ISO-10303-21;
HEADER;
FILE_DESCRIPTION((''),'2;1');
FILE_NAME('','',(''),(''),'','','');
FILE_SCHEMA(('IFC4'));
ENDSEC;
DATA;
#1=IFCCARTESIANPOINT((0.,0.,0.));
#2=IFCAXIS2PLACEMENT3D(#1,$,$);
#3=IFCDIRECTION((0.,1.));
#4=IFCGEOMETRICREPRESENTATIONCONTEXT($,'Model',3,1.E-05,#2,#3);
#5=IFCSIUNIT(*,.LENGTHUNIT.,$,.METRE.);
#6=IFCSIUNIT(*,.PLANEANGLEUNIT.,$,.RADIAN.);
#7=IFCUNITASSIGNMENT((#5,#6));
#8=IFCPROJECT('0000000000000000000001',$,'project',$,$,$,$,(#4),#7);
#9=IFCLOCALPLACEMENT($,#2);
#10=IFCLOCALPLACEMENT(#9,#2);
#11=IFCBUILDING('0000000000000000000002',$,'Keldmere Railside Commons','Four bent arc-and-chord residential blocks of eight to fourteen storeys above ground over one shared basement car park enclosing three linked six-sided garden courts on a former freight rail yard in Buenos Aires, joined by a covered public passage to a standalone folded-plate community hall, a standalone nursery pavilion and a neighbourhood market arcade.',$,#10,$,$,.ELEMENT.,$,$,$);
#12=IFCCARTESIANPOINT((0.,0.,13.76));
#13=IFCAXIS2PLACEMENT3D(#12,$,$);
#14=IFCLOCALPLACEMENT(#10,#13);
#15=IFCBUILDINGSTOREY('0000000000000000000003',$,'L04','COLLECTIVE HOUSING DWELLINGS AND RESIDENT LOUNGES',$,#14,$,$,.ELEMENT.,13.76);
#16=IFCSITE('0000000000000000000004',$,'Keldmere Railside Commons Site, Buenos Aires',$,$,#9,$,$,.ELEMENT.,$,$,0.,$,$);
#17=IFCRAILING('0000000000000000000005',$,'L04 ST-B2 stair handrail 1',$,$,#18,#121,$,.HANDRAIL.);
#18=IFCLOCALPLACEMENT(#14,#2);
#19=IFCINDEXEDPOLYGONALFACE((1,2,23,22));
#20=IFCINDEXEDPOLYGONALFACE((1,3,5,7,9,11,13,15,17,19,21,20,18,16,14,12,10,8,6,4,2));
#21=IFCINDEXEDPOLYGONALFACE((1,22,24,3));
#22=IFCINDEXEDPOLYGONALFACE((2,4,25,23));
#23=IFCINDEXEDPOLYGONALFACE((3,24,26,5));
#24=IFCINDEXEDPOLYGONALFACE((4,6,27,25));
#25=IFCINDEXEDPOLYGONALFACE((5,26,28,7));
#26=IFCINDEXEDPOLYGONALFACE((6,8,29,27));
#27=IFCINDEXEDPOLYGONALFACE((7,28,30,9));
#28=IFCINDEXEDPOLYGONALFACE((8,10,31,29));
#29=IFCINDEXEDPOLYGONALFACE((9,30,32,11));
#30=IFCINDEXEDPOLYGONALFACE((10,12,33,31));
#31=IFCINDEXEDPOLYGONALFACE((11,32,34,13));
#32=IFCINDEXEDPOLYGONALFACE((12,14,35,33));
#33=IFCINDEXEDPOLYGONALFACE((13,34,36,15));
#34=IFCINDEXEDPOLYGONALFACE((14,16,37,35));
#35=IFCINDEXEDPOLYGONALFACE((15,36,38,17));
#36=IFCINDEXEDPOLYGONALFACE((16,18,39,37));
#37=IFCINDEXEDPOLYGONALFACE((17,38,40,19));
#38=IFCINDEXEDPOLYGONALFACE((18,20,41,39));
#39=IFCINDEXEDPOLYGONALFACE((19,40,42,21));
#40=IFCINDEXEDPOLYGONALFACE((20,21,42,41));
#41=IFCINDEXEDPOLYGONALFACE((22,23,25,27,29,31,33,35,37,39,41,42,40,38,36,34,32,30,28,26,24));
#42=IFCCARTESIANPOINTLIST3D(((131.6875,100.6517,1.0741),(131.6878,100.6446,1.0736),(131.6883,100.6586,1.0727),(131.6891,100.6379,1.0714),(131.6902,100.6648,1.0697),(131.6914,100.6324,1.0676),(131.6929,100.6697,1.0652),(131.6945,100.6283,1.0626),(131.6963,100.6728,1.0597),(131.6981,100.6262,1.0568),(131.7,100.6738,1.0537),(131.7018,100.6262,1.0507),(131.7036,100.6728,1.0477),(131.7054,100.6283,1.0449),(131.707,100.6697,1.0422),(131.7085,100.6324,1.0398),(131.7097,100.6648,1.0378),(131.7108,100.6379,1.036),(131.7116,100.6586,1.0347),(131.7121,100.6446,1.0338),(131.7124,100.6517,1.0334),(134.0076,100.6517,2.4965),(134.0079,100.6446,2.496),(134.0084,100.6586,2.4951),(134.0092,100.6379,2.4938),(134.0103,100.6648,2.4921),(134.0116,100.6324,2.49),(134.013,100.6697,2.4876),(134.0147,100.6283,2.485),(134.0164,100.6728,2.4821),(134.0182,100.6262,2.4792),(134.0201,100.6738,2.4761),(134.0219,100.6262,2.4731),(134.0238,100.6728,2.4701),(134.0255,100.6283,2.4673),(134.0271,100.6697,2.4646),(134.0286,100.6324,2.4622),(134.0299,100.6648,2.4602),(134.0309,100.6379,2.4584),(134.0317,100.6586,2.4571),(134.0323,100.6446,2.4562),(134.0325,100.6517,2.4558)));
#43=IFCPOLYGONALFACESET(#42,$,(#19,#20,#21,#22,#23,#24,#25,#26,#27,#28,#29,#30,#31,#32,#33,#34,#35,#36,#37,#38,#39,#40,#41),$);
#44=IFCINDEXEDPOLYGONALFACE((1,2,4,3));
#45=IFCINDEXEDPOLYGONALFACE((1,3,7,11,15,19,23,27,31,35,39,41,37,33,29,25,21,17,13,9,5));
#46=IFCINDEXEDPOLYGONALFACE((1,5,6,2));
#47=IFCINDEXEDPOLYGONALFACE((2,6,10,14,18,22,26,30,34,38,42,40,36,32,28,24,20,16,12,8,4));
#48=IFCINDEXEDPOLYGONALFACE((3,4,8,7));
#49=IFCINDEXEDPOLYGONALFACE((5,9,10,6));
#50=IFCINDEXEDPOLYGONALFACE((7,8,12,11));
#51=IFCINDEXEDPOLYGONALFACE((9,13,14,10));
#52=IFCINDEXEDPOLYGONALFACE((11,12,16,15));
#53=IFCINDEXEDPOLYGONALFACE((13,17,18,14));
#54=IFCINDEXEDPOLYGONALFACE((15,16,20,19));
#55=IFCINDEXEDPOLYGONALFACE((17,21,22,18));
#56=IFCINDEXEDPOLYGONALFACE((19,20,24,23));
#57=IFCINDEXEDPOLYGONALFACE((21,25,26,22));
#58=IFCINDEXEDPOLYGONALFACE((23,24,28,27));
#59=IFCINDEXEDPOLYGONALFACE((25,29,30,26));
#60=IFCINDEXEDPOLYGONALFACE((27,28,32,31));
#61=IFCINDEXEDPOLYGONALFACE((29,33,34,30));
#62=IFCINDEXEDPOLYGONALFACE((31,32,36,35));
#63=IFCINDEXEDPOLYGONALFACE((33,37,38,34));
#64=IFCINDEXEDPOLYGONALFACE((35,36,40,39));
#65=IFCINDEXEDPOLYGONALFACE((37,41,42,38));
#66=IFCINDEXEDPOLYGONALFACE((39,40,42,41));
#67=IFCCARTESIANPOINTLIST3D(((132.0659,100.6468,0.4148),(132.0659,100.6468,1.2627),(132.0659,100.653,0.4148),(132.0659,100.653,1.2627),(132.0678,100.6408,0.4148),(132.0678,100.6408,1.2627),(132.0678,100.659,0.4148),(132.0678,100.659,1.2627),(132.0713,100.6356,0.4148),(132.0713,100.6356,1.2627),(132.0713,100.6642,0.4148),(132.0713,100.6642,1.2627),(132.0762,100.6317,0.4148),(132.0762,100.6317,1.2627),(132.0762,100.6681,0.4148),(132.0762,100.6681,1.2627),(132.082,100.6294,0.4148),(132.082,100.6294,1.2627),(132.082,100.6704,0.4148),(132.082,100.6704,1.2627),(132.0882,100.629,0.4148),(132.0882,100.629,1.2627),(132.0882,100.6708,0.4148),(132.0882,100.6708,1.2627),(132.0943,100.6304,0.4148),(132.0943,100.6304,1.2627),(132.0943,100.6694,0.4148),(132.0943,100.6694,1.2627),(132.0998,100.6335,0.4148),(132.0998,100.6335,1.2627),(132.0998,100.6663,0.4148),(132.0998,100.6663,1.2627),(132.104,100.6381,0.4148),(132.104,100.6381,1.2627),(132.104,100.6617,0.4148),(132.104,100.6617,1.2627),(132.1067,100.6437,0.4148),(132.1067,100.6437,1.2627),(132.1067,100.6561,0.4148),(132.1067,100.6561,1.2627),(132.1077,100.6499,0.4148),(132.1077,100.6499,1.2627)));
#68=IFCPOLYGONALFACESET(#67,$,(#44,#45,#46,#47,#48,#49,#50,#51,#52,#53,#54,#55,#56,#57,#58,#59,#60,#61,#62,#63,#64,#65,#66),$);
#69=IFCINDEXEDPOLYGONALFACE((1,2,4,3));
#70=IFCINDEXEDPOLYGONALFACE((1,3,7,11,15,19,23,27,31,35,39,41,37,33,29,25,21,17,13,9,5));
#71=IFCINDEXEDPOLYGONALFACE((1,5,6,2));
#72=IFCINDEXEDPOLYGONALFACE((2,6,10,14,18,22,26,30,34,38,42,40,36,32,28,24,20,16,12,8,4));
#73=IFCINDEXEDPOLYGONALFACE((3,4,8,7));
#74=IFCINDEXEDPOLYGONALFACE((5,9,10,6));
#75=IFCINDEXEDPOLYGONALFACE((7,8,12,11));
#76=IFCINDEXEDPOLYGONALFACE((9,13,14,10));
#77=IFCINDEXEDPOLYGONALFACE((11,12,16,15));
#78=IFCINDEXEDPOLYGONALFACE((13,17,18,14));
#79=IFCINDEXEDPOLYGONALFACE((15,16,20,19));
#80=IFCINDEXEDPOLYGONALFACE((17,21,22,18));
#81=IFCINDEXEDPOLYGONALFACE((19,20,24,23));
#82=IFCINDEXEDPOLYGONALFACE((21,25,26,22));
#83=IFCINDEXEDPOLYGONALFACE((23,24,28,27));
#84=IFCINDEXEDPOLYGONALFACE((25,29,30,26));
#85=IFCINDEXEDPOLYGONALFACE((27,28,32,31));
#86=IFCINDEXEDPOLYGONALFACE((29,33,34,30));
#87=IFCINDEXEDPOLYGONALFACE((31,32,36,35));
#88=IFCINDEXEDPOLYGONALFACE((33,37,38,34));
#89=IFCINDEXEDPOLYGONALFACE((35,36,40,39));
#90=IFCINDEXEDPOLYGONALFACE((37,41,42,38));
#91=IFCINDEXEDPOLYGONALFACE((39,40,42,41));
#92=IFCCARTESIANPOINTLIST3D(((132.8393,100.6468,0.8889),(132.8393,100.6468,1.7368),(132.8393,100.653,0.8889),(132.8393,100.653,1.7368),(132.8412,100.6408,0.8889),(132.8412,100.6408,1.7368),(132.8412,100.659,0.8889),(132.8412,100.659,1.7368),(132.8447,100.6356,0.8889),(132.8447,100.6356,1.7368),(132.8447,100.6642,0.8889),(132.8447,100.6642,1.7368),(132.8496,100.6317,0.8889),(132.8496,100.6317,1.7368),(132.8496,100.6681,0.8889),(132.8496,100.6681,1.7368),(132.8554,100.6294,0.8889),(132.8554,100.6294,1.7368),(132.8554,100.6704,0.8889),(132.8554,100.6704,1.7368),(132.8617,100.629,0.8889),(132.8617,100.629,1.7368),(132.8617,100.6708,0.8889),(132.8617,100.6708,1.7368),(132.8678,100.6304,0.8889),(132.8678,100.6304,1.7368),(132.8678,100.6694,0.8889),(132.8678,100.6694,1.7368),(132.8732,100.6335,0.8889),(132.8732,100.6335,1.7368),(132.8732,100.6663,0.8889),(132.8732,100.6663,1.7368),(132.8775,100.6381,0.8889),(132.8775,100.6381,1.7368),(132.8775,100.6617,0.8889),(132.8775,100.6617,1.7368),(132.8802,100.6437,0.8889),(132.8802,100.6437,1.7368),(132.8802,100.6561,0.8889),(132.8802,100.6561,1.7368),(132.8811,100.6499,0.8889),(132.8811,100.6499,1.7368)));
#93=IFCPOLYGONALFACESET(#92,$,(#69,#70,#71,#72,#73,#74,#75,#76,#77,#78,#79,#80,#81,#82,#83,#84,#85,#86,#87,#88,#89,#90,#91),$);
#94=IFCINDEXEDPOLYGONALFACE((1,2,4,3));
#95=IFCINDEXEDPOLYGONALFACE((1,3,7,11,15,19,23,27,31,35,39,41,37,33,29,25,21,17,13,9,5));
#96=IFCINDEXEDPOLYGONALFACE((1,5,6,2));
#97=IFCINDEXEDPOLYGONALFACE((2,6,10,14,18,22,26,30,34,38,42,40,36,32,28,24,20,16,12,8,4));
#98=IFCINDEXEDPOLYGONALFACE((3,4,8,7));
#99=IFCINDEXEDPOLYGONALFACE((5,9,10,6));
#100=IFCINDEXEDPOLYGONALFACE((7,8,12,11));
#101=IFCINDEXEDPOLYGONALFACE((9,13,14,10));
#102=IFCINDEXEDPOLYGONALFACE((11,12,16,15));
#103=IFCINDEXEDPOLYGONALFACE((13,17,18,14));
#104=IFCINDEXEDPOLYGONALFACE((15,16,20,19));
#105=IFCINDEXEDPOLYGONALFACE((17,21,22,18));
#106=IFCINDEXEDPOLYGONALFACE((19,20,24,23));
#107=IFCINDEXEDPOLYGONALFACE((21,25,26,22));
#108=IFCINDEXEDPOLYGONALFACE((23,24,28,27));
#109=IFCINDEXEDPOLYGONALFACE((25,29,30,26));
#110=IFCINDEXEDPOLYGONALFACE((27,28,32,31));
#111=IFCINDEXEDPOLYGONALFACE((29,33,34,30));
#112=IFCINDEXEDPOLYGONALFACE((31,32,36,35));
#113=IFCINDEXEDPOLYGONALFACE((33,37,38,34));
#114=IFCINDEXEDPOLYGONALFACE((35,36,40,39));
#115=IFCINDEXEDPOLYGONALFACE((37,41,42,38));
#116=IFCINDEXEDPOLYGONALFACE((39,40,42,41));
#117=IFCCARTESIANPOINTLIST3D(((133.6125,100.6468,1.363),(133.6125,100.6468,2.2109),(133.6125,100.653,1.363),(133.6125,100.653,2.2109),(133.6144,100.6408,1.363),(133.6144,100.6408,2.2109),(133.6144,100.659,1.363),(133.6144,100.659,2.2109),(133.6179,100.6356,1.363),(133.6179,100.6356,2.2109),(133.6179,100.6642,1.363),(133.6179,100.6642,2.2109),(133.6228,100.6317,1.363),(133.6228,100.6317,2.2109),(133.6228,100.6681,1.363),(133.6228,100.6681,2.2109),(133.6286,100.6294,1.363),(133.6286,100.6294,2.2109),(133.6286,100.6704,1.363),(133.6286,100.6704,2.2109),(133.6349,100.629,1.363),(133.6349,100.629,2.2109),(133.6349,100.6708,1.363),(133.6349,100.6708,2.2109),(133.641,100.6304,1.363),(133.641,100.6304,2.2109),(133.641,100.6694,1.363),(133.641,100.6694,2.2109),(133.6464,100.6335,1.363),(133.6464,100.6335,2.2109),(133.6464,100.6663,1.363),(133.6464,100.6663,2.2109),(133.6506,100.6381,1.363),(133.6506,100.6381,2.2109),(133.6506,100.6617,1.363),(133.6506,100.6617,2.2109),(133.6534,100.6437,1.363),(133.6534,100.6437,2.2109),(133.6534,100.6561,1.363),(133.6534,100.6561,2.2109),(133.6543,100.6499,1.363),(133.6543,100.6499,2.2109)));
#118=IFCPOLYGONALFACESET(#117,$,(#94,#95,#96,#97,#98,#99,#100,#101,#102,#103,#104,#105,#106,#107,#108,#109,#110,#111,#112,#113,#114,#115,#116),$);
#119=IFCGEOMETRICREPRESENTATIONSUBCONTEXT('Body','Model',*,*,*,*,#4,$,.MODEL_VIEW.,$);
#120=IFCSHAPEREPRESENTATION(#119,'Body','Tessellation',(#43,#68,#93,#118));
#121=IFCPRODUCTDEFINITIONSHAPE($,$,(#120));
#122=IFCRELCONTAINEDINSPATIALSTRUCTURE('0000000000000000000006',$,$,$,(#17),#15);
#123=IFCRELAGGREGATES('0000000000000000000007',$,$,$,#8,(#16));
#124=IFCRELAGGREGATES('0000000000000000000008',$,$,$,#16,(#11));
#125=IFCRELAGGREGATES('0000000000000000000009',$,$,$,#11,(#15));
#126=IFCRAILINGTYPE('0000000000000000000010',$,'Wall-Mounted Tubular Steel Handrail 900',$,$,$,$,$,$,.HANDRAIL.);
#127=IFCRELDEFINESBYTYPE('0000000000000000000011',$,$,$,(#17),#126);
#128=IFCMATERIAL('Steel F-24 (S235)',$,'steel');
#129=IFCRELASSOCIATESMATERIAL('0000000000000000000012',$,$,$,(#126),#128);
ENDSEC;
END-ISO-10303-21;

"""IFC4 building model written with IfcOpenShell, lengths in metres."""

from ifc_helpers import new_model, si_unit, direction, frame, origin, origin_2d, place, context, subcontext, project, spatial, circle, extrude, material, type_object, element, save


model = new_model("IFC4")

# Units and contexts
model_context = context("Model", 3, precision=1e-05, world=origin(), true_north=direction((0.0, 1.0)))
body_context = subcontext(model_context, "Body", "Model", "MODEL_VIEW")
ifc_project = project(units=[si_unit("LENGTHUNIT", "METRE"), si_unit("PLANEANGLEUNIT", "RADIAN")], contexts=[model_context])

# Site, building, storey
site_placement = place(None, origin())
site = spatial("IfcSite", under=ifc_project, at=site_placement, Name="Keldmere Railside Commons Site, Buenos Aires", CompositionType="ELEMENT", RefElevation=0.0)
building_placement = place(site_placement, origin())
building = spatial("IfcBuilding", under=site, at=building_placement, Name="Keldmere Railside Commons", Description="Four bent arc-and-chord residential blocks of eight to fourteen storeys above ground over one shared basement car park enclosing three linked six-sided garden courts on a former freight rail yard in Buenos Aires, joined by a covered public passage to a standalone folded-plate community hall, a standalone nursery pavilion and a neighbourhood market arcade.", CompositionType="ELEMENT")
storey_placement = place(building_placement, frame((0.0, 0.0, 13.76)))
storey = spatial("IfcBuildingStorey", under=building, at=storey_placement, Name="L04", Description="COLLECTIVE HOUSING DWELLINGS AND RESIDENT LOUNGES", CompositionType="ELEMENT", Elevation=13.76)

# Railing
ifc_material_1 = material(Name="Steel F-24 (S235)", Category="steel")
railing_type_1 = type_object("IfcRailingType", Name="Wall-Mounted Tubular Steel Handrail 900", PredefinedType="HANDRAIL", material=ifc_material_1)
railing_1_placement = place(storey_placement, frame((131.7, 100.6499, 0.1777)))
element("IfcRailing", 1, at=railing_1_placement, inside=storey, type_object=railing_type_1, Name="L04 ST-B2 stair handrail 1", PredefinedType="HANDRAIL", context=body_context, shape_type="SweptSolid", body=[
    extrude(circle(Radius=0.0239, at=origin_2d()), frame((0.0, 0.0, 0.876), z_axis=(0.852538, 0.0, 0.522665), x_axis=(0.0, 1.0, 0.0)), (0.0, 0.0, 1.0), 2.7214),
    extrude(circle(Radius=0.021, at=origin_2d()), frame((0.3867, 0.0, 0.2371)), (0.0, 0.0, 1.0), 0.8479),
    extrude(circle(Radius=0.021, at=origin_2d()), frame((1.1602, 0.0, 0.7112)), (0.0, 0.0, 1.0), 0.8479),
    extrude(circle(Radius=0.021, at=origin_2d()), frame((1.9333, 0.0, 1.1853)), (0.0, 0.0, 1.0), 0.8479),
])

save(model, "model.ifc")
